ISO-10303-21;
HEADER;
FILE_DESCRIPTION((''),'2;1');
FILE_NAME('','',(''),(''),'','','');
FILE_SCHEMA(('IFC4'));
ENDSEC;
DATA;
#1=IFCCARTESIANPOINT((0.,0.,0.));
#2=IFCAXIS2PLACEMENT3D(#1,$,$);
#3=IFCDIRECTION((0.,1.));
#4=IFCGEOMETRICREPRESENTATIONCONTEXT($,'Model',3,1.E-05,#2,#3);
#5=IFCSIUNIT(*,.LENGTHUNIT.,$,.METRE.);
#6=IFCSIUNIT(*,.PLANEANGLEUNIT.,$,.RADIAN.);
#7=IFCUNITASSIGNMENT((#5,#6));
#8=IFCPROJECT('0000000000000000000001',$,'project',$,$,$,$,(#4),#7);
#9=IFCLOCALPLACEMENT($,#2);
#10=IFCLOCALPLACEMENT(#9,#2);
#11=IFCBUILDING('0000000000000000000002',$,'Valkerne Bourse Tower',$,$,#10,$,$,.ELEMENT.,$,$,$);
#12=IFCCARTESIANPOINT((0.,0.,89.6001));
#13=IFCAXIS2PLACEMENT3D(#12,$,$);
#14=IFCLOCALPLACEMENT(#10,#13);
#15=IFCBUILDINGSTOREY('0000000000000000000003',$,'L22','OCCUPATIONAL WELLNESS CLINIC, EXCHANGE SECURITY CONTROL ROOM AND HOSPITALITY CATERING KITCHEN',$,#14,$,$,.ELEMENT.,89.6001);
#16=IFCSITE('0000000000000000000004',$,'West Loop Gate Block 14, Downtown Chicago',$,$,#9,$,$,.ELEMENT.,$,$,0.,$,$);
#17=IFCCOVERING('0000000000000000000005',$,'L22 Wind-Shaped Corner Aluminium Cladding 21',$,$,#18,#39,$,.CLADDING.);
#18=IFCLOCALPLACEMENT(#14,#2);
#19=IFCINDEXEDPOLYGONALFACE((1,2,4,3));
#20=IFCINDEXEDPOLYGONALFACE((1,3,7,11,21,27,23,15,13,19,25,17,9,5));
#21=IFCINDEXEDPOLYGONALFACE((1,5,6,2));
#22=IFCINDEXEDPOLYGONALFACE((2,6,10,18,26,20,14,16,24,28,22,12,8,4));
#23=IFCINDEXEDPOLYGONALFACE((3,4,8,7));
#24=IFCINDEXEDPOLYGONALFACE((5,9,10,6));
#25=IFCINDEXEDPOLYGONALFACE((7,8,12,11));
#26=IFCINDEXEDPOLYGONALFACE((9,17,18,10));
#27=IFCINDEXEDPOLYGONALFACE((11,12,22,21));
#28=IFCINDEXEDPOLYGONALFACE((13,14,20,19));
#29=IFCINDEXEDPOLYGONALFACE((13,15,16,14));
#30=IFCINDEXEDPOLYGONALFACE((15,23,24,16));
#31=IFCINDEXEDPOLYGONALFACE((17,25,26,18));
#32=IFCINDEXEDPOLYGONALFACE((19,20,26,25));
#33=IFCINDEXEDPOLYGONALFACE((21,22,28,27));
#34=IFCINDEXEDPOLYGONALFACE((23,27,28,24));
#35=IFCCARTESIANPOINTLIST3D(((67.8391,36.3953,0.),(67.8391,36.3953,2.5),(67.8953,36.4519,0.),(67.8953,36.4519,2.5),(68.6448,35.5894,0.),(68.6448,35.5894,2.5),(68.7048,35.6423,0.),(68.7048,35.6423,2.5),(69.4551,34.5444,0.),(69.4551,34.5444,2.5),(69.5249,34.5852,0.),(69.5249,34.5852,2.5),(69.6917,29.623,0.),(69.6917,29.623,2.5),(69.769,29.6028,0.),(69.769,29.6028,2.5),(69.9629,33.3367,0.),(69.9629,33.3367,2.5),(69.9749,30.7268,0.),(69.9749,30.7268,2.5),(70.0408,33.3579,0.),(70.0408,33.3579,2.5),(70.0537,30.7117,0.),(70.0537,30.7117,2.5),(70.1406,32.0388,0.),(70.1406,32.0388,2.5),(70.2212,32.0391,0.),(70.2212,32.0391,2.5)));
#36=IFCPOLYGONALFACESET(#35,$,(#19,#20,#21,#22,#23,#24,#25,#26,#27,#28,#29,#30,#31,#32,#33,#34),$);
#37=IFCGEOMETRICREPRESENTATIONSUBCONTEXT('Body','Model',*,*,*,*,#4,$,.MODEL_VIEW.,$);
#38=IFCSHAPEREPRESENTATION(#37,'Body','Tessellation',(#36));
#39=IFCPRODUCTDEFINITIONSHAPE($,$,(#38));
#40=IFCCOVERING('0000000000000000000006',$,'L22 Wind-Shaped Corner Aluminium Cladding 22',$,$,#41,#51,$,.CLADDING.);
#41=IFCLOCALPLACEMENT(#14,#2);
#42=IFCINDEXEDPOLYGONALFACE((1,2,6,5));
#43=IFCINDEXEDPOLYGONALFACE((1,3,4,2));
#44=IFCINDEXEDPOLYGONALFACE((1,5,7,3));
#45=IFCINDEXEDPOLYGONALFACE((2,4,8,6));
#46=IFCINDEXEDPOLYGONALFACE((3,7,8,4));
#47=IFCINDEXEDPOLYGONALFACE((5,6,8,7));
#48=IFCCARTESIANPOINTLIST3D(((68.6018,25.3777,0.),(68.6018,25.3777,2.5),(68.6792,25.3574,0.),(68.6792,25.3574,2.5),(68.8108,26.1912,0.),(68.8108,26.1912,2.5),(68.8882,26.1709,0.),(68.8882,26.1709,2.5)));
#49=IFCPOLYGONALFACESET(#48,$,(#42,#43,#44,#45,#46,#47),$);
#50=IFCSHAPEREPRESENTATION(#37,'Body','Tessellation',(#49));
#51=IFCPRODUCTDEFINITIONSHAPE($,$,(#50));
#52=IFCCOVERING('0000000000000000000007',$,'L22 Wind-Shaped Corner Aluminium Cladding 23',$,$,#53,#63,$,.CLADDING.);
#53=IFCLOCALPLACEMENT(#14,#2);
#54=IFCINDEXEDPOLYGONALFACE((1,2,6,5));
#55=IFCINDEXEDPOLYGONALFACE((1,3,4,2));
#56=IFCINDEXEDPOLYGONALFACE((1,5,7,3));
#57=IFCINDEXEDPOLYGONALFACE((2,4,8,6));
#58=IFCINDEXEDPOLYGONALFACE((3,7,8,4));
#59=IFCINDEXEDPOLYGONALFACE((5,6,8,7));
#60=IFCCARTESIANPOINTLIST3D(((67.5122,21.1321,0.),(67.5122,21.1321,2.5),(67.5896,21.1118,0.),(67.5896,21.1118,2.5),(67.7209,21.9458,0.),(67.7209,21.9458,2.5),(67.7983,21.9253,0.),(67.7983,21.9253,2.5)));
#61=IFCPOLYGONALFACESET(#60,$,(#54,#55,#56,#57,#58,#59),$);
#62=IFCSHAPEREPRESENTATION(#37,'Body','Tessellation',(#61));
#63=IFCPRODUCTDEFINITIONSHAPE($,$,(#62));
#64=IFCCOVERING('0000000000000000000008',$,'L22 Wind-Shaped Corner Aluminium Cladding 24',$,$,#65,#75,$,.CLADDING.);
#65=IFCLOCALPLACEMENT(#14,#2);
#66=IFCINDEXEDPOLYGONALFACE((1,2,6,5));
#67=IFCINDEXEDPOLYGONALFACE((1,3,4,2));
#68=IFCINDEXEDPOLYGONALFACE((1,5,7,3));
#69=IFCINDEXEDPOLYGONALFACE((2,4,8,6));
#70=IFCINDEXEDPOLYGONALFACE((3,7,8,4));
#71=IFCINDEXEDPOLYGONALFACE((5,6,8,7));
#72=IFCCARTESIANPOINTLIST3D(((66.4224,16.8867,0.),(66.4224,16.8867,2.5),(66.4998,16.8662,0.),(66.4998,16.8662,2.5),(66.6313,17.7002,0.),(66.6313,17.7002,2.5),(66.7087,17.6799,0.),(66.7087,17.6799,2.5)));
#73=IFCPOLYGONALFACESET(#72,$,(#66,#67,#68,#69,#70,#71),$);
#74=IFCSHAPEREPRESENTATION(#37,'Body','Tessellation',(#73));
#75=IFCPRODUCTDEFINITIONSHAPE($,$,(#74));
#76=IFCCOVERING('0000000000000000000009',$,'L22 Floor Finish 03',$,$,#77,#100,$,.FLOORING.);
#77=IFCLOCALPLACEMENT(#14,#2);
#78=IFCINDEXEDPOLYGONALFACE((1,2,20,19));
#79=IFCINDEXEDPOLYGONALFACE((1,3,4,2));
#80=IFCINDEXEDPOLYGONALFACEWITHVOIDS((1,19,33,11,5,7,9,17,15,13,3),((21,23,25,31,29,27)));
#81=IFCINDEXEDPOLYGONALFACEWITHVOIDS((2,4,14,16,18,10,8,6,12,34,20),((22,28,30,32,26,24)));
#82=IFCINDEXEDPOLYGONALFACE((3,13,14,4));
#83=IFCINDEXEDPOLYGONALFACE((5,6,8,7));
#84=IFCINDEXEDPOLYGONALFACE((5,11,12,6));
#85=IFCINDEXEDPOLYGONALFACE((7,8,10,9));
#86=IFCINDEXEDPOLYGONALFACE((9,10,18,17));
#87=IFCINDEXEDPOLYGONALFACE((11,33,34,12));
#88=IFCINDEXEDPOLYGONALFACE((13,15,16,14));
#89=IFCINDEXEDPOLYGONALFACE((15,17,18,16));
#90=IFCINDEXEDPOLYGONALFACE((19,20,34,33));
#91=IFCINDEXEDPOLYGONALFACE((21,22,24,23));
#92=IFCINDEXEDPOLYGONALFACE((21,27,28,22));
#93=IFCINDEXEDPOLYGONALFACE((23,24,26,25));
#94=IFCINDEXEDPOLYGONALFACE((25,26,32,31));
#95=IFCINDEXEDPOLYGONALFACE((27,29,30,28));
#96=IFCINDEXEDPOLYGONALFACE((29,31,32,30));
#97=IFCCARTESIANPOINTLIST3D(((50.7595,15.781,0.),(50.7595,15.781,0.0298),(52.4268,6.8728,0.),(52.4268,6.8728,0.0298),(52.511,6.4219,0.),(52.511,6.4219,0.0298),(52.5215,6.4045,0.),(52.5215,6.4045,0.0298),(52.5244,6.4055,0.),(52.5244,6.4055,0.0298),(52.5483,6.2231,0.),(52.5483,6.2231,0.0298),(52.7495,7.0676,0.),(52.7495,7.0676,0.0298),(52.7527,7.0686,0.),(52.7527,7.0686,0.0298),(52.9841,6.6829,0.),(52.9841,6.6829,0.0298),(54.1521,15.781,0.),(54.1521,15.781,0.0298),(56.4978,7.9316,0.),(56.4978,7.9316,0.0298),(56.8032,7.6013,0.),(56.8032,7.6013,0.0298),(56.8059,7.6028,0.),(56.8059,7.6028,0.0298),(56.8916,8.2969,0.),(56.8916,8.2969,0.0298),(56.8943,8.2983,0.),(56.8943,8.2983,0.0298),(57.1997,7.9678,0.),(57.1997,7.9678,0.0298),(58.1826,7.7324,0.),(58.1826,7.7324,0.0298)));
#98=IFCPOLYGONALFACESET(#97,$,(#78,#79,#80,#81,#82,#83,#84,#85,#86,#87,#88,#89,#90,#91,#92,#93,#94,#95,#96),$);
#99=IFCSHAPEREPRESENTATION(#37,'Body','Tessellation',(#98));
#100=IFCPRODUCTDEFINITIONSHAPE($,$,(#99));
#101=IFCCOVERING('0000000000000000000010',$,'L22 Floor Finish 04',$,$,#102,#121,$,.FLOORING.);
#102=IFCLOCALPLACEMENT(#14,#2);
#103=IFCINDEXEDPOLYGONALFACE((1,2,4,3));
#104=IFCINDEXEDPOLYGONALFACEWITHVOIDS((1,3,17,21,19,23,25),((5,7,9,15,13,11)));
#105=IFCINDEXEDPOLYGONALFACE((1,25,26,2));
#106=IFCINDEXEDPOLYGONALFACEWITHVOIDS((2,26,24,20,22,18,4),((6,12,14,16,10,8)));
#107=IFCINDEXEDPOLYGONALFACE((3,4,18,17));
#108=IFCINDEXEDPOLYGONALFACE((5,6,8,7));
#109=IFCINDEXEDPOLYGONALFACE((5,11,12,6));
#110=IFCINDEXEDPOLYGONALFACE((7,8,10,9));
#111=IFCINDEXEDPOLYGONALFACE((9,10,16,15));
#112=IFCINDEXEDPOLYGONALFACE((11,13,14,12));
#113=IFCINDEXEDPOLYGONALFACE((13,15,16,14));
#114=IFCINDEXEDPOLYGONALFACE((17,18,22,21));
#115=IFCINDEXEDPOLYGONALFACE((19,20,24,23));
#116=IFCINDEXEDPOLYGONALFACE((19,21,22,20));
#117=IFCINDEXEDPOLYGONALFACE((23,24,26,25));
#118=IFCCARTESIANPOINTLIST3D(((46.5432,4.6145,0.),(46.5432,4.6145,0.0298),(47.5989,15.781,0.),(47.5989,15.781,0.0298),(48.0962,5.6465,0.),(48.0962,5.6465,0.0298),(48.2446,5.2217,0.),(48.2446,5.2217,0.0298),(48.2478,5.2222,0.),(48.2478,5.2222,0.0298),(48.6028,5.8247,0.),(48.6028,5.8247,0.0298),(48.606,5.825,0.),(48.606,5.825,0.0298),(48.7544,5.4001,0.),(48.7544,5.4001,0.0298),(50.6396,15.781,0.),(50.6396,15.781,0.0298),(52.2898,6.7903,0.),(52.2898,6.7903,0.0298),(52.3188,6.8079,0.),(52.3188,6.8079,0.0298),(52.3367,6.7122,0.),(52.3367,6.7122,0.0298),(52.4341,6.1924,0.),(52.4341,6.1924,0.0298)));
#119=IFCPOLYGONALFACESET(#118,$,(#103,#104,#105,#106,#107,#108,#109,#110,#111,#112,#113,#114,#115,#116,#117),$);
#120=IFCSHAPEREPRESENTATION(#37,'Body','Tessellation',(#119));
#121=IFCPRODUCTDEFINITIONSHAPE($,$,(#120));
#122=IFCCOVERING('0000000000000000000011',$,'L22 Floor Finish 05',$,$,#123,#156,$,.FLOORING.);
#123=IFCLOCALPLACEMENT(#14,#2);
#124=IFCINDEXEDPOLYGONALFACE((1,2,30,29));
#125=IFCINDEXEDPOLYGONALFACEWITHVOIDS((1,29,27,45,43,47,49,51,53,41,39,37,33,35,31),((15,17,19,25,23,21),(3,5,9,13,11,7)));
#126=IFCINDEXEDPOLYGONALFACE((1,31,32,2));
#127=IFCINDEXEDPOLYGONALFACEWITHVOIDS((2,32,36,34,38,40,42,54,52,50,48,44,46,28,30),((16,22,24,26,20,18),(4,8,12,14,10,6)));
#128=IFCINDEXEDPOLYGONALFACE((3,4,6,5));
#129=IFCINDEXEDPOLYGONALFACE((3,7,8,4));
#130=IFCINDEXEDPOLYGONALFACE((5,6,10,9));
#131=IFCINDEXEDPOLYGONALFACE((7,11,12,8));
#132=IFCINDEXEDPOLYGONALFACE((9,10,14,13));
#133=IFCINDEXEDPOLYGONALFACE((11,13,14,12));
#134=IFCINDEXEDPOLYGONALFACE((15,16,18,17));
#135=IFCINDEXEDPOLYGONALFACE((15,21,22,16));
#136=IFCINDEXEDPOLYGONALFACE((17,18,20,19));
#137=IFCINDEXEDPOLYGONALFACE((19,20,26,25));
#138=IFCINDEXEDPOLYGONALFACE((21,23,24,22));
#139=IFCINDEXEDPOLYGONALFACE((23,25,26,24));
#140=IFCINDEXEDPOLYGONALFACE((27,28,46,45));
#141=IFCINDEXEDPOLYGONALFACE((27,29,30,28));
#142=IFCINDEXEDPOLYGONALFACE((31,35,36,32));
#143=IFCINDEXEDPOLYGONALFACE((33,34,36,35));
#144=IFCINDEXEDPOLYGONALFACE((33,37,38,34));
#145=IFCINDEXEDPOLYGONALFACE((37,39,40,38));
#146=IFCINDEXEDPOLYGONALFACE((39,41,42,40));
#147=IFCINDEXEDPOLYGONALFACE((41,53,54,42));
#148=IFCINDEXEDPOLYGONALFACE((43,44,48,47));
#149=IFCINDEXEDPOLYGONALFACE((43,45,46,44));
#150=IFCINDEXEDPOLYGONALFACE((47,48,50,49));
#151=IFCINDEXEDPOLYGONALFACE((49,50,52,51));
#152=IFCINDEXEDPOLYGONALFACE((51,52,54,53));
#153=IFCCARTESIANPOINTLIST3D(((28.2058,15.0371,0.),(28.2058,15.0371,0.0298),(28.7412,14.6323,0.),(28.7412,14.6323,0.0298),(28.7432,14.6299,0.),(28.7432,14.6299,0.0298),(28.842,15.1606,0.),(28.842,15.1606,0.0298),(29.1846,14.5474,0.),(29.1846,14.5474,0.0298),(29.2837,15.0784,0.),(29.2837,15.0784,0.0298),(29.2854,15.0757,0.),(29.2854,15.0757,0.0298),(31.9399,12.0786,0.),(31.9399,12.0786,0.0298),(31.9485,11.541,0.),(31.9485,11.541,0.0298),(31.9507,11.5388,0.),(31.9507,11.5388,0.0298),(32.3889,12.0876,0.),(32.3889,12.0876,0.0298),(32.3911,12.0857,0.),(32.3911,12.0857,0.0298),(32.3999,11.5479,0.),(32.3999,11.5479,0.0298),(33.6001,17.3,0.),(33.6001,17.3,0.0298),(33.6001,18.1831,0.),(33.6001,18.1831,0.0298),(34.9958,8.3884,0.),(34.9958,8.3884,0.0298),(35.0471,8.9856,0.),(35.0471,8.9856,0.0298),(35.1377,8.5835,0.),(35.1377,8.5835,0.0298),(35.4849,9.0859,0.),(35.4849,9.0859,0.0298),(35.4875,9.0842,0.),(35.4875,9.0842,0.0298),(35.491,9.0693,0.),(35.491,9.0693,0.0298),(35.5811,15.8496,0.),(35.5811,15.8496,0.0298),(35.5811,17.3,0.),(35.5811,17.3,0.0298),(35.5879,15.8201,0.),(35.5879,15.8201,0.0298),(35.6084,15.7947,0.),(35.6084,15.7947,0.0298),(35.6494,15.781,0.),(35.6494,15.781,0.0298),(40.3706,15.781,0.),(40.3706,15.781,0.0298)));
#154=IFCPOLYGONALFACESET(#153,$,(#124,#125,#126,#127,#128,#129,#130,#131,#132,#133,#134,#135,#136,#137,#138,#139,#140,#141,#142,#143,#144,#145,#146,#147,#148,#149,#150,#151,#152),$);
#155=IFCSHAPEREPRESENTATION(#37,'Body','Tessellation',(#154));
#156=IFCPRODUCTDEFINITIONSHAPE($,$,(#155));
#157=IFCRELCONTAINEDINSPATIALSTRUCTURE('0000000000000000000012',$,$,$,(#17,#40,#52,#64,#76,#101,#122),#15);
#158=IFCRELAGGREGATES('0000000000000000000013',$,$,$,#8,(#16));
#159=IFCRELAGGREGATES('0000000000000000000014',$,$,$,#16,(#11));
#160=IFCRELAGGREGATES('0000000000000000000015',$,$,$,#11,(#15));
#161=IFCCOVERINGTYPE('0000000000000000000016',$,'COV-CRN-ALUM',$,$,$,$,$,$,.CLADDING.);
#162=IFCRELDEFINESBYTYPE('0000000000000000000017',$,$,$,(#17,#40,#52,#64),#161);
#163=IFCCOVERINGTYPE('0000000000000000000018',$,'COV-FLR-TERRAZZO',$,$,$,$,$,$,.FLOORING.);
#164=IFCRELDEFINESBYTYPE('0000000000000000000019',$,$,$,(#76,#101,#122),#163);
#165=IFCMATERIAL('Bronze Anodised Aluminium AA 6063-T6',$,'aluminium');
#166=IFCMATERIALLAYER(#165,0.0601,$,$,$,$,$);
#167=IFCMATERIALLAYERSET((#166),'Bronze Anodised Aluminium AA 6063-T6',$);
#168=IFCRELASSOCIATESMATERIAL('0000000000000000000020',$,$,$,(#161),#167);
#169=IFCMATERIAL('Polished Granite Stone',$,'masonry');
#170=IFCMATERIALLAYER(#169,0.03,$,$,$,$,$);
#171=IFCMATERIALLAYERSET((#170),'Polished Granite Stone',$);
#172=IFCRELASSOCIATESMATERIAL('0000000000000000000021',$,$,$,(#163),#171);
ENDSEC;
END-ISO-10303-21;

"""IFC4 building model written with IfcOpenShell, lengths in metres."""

from ifc_helpers import new_model, si_unit, direction, frame, origin, place, context, subcontext, project, spatial, polyline, outline, extrude, material, layer, layer_set, type_object, element, save


model = new_model("IFC4")

# Units and contexts
model_context = context("Model", 3, precision=1e-05, world=origin(), true_north=direction((0.0, 1.0)))
body_context = subcontext(model_context, "Body", "Model", "MODEL_VIEW")
ifc_project = project(units=[si_unit("LENGTHUNIT", "METRE"), si_unit("PLANEANGLEUNIT", "RADIAN")], contexts=[model_context])

# Site, building, storey
site_placement = place(None, origin())
site = spatial("IfcSite", under=ifc_project, at=site_placement, Name="West Loop Gate Block 14, Downtown Chicago", CompositionType="ELEMENT", RefElevation=0.0)
building_placement = place(site_placement, origin())
building = spatial("IfcBuilding", under=site, at=building_placement, Name="Valkerne Bourse Tower", CompositionType="ELEMENT")
storey_placement = place(building_placement, frame((0.0, 0.0, 89.6001)))
storey = spatial("IfcBuildingStorey", under=building, at=storey_placement, Name="L22", Description="OCCUPATIONAL WELLNESS CLINIC, EXCHANGE SECURITY CONTROL ROOM AND HOSPITALITY CATERING KITCHEN", CompositionType="ELEMENT", Elevation=89.6001)

# Coverings
ifc_material_1 = material(Name="Bronze Anodised Aluminium AA 6063-T6", Category="aluminium")
ifc_layer_1 = layer(ifc_material_1, 0.0601)
ifc_layer_set_1 = layer_set([ifc_layer_1], Name="Bronze Anodised Aluminium AA 6063-T6")
covering_type_1 = type_object("IfcCoveringType", Name="COV-CRN-ALUM", PredefinedType="CLADDING", material=ifc_layer_set_1)
covering_1_placement = place(storey_placement, origin())
element("IfcCovering", 1, at=covering_1_placement, inside=storey, type_object=covering_type_1, Name="L22 Wind-Shaped Corner Aluminium Cladding 21", PredefinedType="CLADDING", context=body_context, shape_type="SweptSolid", body=[
    extrude(outline(polyline([(68.7048, 35.6423), (69.5249, 34.5852), (70.0408, 33.3579), (70.2212, 32.0391), (70.0537, 30.7117), (69.769, 29.6028), (69.6917, 29.623), (69.9749, 30.7268), (70.1406, 32.0388), (69.9629, 33.3367), (69.4551, 34.5444), (68.6448, 35.5894), (67.8391, 36.3953), (67.8953, 36.4519), (68.7048, 35.6423)])), origin(), (0.0, 0.0, 1.0), 2.5),
])
covering_2_placement = place(storey_placement, origin())
element("IfcCovering", 2, at=covering_2_placement, inside=storey, type_object=covering_type_1, Name="L22 Wind-Shaped Corner Aluminium Cladding 22", PredefinedType="CLADDING", context=body_context, shape_type="SweptSolid", body=[
    extrude(outline(polyline([(68.6792, 25.3574), (68.6018, 25.3777), (68.8108, 26.1912), (68.8882, 26.1709), (68.6792, 25.3574)])), origin(), (0.0, 0.0, 1.0), 2.5),
])
covering_3_placement = place(storey_placement, origin())
element("IfcCovering", 3, at=covering_3_placement, inside=storey, type_object=covering_type_1, Name="L22 Wind-Shaped Corner Aluminium Cladding 23", PredefinedType="CLADDING", context=body_context, shape_type="SweptSolid", body=[
    extrude(outline(polyline([(67.5896, 21.1118), (67.5122, 21.1321), (67.7209, 21.9458), (67.7983, 21.9253), (67.5896, 21.1118)])), origin(), (0.0, 0.0, 1.0), 2.5),
])
covering_4_placement = place(storey_placement, origin())
element("IfcCovering", 4, at=covering_4_placement, inside=storey, type_object=covering_type_1, Name="L22 Wind-Shaped Corner Aluminium Cladding 24", PredefinedType="CLADDING", context=body_context, shape_type="SweptSolid", body=[
    extrude(outline(polyline([(66.4998, 16.8662), (66.4224, 16.8867), (66.6313, 17.7002), (66.7087, 17.6799), (66.4998, 16.8662)])), origin(), (0.0, 0.0, 1.0), 2.5),
])
ifc_material_2 = material(Name="Polished Granite Stone", Category="masonry")
ifc_layer_2 = layer(ifc_material_2, 0.03)
ifc_layer_set_2 = layer_set([ifc_layer_2], Name="Polished Granite Stone")
covering_type_2 = type_object("IfcCoveringType", Name="COV-FLR-TERRAZZO", PredefinedType="FLOORING", material=ifc_layer_set_2)
covering_5_placement = place(storey_placement, origin())
element("IfcCovering", 5, at=covering_5_placement, inside=storey, type_object=covering_type_2, Name="L22 Floor Finish 03", PredefinedType="FLOORING", context=body_context, shape_type="SweptSolid", body=[
    extrude(outline(polyline([(54.1521, 15.781), (58.1826, 7.7324), (52.5483, 6.2231), (52.511, 6.4219), (52.5215, 6.4045), (52.5244, 6.4055), (52.9841, 6.6829), (52.7527, 7.0686), (52.7495, 7.0676), (52.4268, 6.8728), (50.7595, 15.781), (54.1521, 15.781)]), holes=[polyline([(56.8059, 7.6028), (57.1997, 7.9678), (56.8943, 8.2983), (56.8916, 8.2969), (56.4978, 7.9316), (56.8032, 7.6013), (56.8059, 7.6028)])]), origin(), (0.0, 0.0, 1.0), 0.0298),
])
covering_6_placement = place(storey_placement, origin())
element("IfcCovering", 6, at=covering_6_placement, inside=storey, type_object=covering_type_2, Name="L22 Floor Finish 04", PredefinedType="FLOORING", context=body_context, shape_type="SweptSolid", body=[
    extrude(outline(polyline([(50.6396, 15.781), (52.3188, 6.8079), (52.2898, 6.7903), (52.3367, 6.7122), (52.4341, 6.1924), (46.5432, 4.6145), (47.5989, 15.781), (50.6396, 15.781)]), holes=[polyline([(48.7544, 5.4001), (48.606, 5.825), (48.6028, 5.8247), (48.0962, 5.6465), (48.2446, 5.2217), (48.2478, 5.2222), (48.7544, 5.4001)])]), origin(), (0.0, 0.0, 1.0), 0.0298),
])
covering_7_placement = place(storey_placement, origin())
element("IfcCovering", 7, at=covering_7_placement, inside=storey, type_object=covering_type_2, Name="L22 Floor Finish 05", PredefinedType="FLOORING", context=body_context, shape_type="SweptSolid", body=[
    extrude(outline(polyline([(35.5811, 15.8496), (35.5879, 15.8201), (35.6084, 15.7947), (35.6494, 15.781), (40.3706, 15.781), (35.491, 9.0693), (35.4875, 9.0842), (35.4849, 9.0859), (35.0471, 8.9856), (35.1377, 8.5835), (34.9958, 8.3884), (28.2058, 15.0371), (33.6001, 18.1831), (33.6001, 17.3), (35.5811, 17.3), (35.5811, 15.8496)]), holes=[polyline([(32.3911, 12.0857), (32.3889, 12.0876), (31.9399, 12.0786), (31.9485, 11.541), (31.9507, 11.5388), (32.3999, 11.5479), (32.3911, 12.0857)]), polyline([(29.2854, 15.0757), (29.2837, 15.0784), (28.842, 15.1606), (28.7412, 14.6323), (28.7432, 14.6299), (29.1846, 14.5474), (29.2854, 15.0757)])]), origin(), (0.0, 0.0, 1.0), 0.0298),
])

save(model, "model.ifc")
